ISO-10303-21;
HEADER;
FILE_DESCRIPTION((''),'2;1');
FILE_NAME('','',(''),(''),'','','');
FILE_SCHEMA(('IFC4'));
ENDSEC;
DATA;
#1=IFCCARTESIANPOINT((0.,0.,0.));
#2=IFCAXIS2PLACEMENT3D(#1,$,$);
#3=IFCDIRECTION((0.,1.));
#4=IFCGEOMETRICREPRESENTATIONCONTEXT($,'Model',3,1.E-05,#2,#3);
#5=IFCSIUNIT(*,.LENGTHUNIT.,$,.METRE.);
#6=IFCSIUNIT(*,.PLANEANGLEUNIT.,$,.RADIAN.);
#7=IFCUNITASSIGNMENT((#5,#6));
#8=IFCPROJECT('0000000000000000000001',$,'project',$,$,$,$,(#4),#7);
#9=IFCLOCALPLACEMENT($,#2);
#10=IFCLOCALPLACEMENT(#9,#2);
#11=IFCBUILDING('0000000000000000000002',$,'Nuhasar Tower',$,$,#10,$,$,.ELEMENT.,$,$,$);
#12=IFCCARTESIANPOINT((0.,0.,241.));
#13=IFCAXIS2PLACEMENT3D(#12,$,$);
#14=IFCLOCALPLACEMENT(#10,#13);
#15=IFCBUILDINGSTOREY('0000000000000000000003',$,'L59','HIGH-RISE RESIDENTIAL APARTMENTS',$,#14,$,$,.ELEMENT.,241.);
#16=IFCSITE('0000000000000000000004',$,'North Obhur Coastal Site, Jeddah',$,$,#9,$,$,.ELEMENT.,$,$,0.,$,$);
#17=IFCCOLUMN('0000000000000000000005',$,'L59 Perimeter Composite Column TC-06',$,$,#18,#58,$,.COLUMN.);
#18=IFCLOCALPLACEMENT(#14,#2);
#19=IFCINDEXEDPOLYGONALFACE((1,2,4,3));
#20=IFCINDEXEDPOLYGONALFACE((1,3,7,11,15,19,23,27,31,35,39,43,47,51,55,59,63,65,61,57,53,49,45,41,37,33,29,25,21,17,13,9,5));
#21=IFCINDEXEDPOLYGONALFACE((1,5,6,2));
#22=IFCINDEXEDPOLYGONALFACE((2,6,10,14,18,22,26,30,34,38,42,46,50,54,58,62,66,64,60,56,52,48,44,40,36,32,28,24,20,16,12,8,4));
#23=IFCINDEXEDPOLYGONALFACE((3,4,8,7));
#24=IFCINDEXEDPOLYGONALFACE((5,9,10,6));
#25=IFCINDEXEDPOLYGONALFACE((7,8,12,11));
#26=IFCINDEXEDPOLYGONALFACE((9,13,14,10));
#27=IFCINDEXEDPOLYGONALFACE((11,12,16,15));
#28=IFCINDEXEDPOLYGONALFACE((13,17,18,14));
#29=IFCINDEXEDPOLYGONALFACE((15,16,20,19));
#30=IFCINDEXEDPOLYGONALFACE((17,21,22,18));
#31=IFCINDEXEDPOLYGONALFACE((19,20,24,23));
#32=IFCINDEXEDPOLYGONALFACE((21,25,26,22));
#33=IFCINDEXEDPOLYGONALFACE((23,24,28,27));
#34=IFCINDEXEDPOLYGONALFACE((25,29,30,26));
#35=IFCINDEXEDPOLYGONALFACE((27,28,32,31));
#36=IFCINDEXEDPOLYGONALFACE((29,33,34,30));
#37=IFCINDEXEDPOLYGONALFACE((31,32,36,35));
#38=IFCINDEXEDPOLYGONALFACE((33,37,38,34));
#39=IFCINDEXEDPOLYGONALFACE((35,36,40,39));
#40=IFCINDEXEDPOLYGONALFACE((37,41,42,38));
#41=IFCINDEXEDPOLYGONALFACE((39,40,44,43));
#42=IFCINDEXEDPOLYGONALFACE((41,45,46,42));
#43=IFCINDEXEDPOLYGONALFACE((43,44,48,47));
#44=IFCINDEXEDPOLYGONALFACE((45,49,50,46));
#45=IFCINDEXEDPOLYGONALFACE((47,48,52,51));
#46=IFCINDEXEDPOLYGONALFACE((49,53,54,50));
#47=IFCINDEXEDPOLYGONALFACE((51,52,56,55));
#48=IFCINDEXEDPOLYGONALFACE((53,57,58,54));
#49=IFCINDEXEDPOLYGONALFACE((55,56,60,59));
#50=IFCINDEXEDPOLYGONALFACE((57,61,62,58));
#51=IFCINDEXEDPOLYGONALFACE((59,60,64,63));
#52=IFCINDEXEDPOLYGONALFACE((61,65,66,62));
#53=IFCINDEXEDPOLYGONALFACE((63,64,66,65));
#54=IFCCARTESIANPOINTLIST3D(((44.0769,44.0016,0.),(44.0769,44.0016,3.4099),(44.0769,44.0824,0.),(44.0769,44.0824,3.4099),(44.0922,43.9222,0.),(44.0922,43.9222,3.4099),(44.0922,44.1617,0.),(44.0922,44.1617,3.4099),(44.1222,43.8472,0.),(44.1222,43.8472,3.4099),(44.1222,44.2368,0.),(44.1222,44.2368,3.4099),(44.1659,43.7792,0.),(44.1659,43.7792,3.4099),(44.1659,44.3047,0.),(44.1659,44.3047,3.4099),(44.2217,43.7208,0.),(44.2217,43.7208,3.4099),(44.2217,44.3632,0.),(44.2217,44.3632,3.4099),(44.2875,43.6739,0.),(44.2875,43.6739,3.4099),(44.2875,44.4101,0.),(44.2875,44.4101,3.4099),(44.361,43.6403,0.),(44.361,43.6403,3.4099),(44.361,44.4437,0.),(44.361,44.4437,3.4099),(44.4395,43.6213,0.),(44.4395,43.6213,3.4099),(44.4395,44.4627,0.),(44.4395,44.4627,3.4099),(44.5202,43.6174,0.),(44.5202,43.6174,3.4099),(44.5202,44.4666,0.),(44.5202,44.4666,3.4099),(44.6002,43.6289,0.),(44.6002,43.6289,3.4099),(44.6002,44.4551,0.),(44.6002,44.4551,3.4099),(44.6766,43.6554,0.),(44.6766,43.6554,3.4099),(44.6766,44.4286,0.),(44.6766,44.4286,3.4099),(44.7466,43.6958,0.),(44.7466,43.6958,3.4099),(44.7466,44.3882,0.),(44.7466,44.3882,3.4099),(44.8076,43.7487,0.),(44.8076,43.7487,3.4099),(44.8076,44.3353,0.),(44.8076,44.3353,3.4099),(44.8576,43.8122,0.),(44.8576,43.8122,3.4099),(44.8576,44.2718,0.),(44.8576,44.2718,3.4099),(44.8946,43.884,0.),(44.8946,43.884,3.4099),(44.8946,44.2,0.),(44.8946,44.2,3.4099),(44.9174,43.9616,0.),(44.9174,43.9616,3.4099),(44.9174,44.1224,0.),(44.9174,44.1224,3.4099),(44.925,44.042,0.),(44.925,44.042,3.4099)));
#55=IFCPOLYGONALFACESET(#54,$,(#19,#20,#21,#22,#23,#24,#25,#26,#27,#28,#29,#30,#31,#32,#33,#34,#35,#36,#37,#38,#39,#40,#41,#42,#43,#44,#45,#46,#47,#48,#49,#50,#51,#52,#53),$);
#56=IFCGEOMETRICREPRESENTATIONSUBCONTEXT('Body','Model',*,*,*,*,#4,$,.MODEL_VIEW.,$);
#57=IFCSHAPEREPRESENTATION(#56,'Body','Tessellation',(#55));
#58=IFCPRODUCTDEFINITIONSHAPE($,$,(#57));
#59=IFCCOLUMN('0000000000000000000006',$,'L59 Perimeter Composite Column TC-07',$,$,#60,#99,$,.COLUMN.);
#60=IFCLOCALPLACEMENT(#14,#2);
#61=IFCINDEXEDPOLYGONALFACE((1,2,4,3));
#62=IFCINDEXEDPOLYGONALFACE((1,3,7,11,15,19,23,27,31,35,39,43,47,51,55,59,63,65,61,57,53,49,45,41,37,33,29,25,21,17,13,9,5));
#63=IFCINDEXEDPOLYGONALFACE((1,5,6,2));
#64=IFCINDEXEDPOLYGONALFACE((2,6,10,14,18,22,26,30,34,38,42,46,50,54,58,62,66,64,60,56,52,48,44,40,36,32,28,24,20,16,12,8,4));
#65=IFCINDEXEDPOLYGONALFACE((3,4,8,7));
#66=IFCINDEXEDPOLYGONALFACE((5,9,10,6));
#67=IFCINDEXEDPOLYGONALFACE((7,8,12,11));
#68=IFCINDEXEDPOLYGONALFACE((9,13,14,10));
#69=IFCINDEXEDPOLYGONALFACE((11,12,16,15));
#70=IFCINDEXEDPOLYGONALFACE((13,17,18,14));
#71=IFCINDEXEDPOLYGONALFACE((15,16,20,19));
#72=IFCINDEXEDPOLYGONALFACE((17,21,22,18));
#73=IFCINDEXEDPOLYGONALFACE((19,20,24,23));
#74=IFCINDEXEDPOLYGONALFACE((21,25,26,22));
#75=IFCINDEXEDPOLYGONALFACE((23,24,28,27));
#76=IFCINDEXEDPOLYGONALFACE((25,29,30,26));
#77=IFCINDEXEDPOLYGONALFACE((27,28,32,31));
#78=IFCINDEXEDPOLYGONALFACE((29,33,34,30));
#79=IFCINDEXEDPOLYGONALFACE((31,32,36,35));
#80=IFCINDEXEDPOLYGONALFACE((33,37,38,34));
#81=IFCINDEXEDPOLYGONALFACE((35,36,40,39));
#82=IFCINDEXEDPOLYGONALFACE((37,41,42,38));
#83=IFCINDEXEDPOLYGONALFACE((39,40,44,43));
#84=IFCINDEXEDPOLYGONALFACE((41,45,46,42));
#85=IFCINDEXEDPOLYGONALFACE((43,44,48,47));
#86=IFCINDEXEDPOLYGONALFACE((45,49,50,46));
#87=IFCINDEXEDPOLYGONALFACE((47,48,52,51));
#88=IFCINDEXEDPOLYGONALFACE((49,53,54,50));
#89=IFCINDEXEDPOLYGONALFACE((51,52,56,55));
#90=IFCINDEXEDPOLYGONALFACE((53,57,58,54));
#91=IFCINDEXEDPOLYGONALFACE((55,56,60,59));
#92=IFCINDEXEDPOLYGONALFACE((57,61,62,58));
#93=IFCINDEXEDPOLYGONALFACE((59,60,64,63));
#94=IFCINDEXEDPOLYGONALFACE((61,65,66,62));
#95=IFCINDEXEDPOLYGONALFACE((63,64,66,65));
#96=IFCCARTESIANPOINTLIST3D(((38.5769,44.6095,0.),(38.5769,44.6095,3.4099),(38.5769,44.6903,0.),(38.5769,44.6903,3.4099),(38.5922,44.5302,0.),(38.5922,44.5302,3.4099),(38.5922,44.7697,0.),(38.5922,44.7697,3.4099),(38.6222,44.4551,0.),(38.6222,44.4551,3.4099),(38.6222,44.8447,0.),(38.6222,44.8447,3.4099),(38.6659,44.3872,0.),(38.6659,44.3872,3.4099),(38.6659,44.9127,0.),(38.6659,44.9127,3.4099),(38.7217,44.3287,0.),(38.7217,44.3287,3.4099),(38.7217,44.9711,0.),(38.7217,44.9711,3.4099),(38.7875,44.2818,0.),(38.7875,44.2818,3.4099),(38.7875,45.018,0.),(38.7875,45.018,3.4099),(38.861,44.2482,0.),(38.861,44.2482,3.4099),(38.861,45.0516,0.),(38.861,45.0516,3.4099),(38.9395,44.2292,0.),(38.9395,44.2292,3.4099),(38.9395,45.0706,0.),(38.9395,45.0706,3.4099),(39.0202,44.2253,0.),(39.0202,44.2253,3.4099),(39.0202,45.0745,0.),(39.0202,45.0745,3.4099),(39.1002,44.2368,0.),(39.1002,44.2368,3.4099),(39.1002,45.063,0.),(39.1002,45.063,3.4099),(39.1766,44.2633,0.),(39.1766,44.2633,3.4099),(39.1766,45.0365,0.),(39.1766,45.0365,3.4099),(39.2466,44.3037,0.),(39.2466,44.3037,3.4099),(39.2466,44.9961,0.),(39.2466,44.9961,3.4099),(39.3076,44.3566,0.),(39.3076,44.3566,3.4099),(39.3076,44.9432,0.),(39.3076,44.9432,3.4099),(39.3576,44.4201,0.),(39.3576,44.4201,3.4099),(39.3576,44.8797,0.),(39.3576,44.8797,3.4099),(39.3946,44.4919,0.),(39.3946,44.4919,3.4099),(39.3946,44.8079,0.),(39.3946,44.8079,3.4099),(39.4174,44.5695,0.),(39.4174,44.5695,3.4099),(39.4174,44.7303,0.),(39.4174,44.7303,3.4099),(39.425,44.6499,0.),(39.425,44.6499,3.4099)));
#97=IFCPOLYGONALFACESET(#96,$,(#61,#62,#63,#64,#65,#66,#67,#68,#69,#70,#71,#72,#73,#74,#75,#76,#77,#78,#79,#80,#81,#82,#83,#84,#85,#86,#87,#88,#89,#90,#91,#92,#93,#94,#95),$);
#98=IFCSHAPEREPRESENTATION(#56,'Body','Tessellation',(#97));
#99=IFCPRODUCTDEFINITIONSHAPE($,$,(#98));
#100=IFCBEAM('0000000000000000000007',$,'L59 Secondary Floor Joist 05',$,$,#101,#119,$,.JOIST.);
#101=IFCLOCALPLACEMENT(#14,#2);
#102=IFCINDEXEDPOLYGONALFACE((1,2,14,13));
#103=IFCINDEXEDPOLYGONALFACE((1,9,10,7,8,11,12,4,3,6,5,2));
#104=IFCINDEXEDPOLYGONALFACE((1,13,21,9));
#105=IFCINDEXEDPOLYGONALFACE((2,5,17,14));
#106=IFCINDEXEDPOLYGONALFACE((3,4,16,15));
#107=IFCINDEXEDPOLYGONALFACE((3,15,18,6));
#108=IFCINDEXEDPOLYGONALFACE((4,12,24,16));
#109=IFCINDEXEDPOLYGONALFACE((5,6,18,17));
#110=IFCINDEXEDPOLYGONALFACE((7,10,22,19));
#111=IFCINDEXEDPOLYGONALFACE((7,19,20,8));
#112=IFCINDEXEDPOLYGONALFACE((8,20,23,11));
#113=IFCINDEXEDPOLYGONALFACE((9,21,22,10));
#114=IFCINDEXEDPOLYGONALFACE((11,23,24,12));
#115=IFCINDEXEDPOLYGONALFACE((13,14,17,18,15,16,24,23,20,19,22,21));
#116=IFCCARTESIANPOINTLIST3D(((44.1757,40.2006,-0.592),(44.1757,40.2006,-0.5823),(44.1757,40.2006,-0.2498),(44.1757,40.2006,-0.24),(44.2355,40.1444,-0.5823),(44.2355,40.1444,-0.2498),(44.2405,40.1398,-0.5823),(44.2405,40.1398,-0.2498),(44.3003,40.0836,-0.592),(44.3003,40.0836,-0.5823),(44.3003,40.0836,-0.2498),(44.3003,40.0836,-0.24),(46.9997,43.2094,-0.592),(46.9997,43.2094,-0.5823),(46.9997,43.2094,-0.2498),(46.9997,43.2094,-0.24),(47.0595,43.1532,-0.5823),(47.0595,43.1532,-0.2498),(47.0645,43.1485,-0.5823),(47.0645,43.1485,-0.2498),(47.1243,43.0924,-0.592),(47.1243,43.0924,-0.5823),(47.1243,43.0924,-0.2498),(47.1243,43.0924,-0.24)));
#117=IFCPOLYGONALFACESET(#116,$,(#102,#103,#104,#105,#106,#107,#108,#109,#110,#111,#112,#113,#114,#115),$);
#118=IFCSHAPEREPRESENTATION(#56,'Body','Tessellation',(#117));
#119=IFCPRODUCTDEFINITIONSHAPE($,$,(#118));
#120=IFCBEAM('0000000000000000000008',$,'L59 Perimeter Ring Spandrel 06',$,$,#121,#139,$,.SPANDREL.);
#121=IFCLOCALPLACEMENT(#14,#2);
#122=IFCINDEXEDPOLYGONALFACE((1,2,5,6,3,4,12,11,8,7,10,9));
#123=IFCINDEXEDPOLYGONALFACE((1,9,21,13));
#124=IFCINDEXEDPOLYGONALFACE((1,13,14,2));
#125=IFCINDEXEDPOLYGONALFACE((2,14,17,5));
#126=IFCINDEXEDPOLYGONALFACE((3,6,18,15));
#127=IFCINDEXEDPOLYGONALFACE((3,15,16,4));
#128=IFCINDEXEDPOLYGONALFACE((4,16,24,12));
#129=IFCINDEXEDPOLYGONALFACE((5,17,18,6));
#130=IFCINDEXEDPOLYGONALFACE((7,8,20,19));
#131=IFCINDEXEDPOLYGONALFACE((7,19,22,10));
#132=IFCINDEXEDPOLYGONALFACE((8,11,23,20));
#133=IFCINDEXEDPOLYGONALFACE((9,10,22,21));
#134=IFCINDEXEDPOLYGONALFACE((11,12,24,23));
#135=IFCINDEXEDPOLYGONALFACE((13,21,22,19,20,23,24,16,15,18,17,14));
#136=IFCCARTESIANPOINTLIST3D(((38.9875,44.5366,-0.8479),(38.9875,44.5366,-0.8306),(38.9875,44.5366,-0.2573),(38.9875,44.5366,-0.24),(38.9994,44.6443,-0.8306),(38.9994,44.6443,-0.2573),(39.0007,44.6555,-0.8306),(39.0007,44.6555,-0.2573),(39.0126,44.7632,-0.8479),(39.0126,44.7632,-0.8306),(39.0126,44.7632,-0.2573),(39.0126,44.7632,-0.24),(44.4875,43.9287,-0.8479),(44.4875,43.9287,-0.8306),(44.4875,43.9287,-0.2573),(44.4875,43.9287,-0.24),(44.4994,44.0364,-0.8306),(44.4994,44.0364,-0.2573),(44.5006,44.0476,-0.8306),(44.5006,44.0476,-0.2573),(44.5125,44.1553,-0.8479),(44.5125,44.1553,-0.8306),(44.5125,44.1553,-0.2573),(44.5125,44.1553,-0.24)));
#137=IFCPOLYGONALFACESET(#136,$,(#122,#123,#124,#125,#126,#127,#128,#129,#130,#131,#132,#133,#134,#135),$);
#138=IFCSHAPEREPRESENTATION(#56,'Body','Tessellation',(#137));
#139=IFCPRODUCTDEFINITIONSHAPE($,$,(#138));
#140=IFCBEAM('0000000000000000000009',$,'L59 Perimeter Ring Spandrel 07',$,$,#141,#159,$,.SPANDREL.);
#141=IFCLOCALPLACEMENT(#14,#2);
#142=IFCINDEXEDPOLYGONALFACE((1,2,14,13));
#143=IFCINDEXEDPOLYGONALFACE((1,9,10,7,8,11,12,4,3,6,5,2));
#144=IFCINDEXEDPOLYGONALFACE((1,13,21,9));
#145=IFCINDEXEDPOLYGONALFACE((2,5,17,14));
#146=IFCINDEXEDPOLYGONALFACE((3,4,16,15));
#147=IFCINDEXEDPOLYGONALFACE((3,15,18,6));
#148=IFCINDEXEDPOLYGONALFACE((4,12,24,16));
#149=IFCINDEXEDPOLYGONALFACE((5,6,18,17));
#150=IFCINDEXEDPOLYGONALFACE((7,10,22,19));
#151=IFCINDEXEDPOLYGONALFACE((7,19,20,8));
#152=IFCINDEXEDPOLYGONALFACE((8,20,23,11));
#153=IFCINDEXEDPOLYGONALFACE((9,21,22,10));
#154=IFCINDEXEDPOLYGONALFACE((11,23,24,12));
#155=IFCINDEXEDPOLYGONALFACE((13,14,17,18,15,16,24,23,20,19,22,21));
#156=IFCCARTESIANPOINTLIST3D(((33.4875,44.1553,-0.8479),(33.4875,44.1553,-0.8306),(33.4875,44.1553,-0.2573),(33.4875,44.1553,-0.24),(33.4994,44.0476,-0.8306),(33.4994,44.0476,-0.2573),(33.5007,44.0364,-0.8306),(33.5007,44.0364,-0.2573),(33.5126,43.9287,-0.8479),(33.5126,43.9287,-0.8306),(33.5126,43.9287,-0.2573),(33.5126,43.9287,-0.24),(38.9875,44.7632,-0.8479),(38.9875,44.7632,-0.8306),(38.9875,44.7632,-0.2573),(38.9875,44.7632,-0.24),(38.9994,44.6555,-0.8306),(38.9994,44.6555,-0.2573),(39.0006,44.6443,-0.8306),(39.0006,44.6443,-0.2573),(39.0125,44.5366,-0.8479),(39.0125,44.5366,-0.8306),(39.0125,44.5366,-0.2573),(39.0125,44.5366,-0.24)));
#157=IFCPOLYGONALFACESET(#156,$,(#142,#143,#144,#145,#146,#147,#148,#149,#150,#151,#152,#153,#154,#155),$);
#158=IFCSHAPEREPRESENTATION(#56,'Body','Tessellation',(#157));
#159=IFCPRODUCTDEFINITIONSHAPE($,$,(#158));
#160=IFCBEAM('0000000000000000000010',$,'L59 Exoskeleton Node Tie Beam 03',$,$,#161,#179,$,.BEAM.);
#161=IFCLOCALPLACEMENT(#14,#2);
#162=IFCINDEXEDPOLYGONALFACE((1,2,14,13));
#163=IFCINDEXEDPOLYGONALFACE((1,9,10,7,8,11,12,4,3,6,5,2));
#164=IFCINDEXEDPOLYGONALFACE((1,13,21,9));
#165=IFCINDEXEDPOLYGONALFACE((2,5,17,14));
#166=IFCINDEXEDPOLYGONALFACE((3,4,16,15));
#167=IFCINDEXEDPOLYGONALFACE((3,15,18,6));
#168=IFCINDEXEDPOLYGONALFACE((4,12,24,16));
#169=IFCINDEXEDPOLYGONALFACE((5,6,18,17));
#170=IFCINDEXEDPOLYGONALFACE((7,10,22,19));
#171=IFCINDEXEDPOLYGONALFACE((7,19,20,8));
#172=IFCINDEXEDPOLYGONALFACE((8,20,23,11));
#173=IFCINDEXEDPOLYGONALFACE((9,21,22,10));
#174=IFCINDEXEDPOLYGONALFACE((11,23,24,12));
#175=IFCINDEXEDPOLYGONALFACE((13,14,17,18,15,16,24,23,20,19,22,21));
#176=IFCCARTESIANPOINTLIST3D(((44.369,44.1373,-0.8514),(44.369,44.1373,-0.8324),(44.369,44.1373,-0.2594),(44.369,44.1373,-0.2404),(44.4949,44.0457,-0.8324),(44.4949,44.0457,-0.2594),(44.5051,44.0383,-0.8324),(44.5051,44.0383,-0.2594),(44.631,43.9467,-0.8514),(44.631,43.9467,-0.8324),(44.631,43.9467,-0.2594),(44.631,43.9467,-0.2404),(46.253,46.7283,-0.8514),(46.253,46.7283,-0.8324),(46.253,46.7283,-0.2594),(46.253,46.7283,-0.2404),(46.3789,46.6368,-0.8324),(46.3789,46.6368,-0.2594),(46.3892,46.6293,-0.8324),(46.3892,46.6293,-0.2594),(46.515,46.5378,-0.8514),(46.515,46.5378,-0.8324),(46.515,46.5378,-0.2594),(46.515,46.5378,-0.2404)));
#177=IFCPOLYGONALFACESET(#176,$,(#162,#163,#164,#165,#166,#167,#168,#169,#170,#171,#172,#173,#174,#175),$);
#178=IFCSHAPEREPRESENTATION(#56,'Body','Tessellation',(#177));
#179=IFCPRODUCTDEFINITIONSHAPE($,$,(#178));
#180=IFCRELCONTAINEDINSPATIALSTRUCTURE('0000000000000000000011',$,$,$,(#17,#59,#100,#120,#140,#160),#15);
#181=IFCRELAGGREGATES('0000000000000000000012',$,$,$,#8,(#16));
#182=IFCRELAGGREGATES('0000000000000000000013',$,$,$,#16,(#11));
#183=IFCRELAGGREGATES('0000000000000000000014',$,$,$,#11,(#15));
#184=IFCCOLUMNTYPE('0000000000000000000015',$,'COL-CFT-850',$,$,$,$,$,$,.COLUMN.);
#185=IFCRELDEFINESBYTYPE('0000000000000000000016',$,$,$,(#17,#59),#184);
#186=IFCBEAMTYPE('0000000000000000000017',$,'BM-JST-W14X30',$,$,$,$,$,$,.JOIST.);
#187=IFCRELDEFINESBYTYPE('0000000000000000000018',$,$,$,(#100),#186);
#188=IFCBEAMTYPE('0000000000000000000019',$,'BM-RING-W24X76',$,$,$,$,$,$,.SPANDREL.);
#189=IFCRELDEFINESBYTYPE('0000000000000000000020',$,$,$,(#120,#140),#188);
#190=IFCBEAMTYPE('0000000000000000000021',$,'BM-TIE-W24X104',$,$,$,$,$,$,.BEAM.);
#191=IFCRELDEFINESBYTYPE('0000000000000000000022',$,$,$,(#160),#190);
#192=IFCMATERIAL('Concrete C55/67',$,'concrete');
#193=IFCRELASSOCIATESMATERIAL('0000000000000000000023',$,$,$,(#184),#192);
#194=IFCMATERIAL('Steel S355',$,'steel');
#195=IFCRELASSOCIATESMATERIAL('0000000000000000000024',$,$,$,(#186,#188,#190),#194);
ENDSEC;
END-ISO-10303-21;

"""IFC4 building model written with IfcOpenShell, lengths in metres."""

from ifc_helpers import new_model, si_unit, direction, frame, origin, origin_2d, place, context, subcontext, project, spatial, circle, i_section, extrude, material, material_profile, profile_set, type_object, element, save


model = new_model("IFC4")

# Units and contexts
model_context = context("Model", 3, precision=1e-05, world=origin(), true_north=direction((0.0, 1.0)))
body_context = subcontext(model_context, "Body", "Model", "MODEL_VIEW")
ifc_project = project(units=[si_unit("LENGTHUNIT", "METRE"), si_unit("PLANEANGLEUNIT", "RADIAN")], contexts=[model_context])

# Site, building, storey
site_placement = place(None, origin())
site = spatial("IfcSite", under=ifc_project, at=site_placement, Name="North Obhur Coastal Site, Jeddah", CompositionType="ELEMENT", RefElevation=0.0)
building_placement = place(site_placement, origin())
building = spatial("IfcBuilding", under=site, at=building_placement, Name="Nuhasar Tower", CompositionType="ELEMENT")
storey_placement = place(building_placement, frame((0.0, 0.0, 241.0)))
storey = spatial("IfcBuildingStorey", under=building, at=storey_placement, Name="L59", Description="HIGH-RISE RESIDENTIAL APARTMENTS", CompositionType="ELEMENT", Elevation=241.0)

# Columns
ifc_material_1 = material(Name="Concrete C55/67", Category="concrete")
ifc_material_profile_1 = material_profile(ifc_material_1, circle(Radius=0.425, at=origin_2d()), Name="CFT850")
ifc_profile_set_1 = profile_set([ifc_material_profile_1], Name="Concrete C55/67")
column_type = type_object("IfcColumnType", Name="COL-CFT-850", PredefinedType="COLUMN", material=ifc_profile_set_1)
for number, where, z_axis, x_axis, name in (
    (1, (44.5, 44.042, 0.0), (0.0, 0.0, 1.0), (1.0, 0.0, 0.0), "L59 Perimeter Composite Column TC-06"),
    (2, (39.0, 44.6499, 0.0), (0.0, 0.0, 1.0), (1.0, 0.0, 0.0), "L59 Perimeter Composite Column TC-07"),
):
    element("IfcColumn", number, at=place(storey_placement, frame(where, z_axis=z_axis, x_axis=x_axis)), inside=storey, type_object=column_type, Name=name, PredefinedType="COLUMN", context=body_context, shape_type="SweptSolid", body=[
        extrude(circle(Radius=0.425, at=origin_2d()), origin(), (0.0, 0.0, 1.0), 3.4099),
    ])

# Beams
ifc_material_2 = material(Name="Steel S355", Category="steel")
ifc_material_profile_2 = material_profile(ifc_material_2, i_section(OverallWidth=0.1709, OverallDepth=0.3521, WebThickness=0.0068, FlangeThickness=0.0098, at=origin_2d()), Name="W14X30")
ifc_profile_set_2 = profile_set([ifc_material_profile_2], Name="Steel S355")
beam_type_1 = type_object("IfcBeamType", Name="BM-JST-W14X30", PredefinedType="JOIST", material=ifc_profile_set_2)
beam_1_placement = place(storey_placement, frame((44.238, 40.1421, -0.416), z_axis=(0.684358, 0.729146, 0.0), x_axis=(-0.729146, 0.684358, 0.0)))
element("IfcBeam", 3, at=beam_1_placement, inside=storey, type_object=beam_type_1, Name="L59 Secondary Floor Joist 05", PredefinedType="JOIST", context=body_context, shape_type="SweptSolid", body=[
    extrude(i_section(OverallWidth=0.1709, OverallDepth=0.3521, WebThickness=0.0068, FlangeThickness=0.0098, at=origin_2d()), origin(), (0.0, 0.0, 1.0), 4.1265),
])
ifc_material_profile_3 = material_profile(ifc_material_2, i_section(OverallWidth=0.228, OverallDepth=0.6079, WebThickness=0.0112, FlangeThickness=0.0173, at=origin_2d()), Name="W24X76")
ifc_profile_set_3 = profile_set([ifc_material_profile_3], Name="Steel S355")
beam_type_2 = type_object("IfcBeamType", Name="BM-RING-W24X76", PredefinedType="SPANDREL", material=ifc_profile_set_3)
for number, where, z_axis, x_axis, name in (
    (4, (44.5, 44.042, -0.5439), (-0.993947, 0.10986, 0.0), (-0.10986, -0.993947, 0.0), "L59 Perimeter Ring Spandrel 06"),
    (5, (39.0, 44.6499, -0.5439), (-0.993947, -0.10986, 0.0), (0.10986, -0.993947, 0.0), "L59 Perimeter Ring Spandrel 07"),
):
    element("IfcBeam", number, at=place(storey_placement, frame(where, z_axis=z_axis, x_axis=x_axis)), inside=storey, type_object=beam_type_2, Name=name, PredefinedType="SPANDREL", context=body_context, shape_type="SweptSolid", body=[
        extrude(i_section(OverallWidth=0.228, OverallDepth=0.6079, WebThickness=0.0112, FlangeThickness=0.0173, at=origin_2d()), origin(), (0.0, 0.0, 1.0), 5.5334),
    ])
ifc_material_profile_4 = material_profile(ifc_material_2, i_section(OverallWidth=0.324, OverallDepth=0.6111, WebThickness=0.0127, FlangeThickness=0.019, at=origin_2d()), Name="W24X104")
ifc_profile_set_4 = profile_set([ifc_material_profile_4], Name="Steel S355")
beam_type_3 = type_object("IfcBeamType", Name="BM-TIE-W24X104", PredefinedType="BEAM", material=ifc_profile_set_4)
beam_2_placement = place(storey_placement, frame((44.5, 44.042, -0.5459), z_axis=(0.588095, 0.808792, 0.0), x_axis=(-0.808792, 0.588095, 0.0)))
element("IfcBeam", 6, at=beam_2_placement, inside=storey, type_object=beam_type_3, Name="L59 Exoskeleton Node Tie Beam 03", PredefinedType="BEAM", context=body_context, shape_type="SweptSolid", body=[
    extrude(i_section(OverallWidth=0.324, OverallDepth=0.6111, WebThickness=0.0127, FlangeThickness=0.019, at=origin_2d()), origin(), (0.0, 0.0, 1.0), 3.2036),
])

save(model, "model.ifc")
